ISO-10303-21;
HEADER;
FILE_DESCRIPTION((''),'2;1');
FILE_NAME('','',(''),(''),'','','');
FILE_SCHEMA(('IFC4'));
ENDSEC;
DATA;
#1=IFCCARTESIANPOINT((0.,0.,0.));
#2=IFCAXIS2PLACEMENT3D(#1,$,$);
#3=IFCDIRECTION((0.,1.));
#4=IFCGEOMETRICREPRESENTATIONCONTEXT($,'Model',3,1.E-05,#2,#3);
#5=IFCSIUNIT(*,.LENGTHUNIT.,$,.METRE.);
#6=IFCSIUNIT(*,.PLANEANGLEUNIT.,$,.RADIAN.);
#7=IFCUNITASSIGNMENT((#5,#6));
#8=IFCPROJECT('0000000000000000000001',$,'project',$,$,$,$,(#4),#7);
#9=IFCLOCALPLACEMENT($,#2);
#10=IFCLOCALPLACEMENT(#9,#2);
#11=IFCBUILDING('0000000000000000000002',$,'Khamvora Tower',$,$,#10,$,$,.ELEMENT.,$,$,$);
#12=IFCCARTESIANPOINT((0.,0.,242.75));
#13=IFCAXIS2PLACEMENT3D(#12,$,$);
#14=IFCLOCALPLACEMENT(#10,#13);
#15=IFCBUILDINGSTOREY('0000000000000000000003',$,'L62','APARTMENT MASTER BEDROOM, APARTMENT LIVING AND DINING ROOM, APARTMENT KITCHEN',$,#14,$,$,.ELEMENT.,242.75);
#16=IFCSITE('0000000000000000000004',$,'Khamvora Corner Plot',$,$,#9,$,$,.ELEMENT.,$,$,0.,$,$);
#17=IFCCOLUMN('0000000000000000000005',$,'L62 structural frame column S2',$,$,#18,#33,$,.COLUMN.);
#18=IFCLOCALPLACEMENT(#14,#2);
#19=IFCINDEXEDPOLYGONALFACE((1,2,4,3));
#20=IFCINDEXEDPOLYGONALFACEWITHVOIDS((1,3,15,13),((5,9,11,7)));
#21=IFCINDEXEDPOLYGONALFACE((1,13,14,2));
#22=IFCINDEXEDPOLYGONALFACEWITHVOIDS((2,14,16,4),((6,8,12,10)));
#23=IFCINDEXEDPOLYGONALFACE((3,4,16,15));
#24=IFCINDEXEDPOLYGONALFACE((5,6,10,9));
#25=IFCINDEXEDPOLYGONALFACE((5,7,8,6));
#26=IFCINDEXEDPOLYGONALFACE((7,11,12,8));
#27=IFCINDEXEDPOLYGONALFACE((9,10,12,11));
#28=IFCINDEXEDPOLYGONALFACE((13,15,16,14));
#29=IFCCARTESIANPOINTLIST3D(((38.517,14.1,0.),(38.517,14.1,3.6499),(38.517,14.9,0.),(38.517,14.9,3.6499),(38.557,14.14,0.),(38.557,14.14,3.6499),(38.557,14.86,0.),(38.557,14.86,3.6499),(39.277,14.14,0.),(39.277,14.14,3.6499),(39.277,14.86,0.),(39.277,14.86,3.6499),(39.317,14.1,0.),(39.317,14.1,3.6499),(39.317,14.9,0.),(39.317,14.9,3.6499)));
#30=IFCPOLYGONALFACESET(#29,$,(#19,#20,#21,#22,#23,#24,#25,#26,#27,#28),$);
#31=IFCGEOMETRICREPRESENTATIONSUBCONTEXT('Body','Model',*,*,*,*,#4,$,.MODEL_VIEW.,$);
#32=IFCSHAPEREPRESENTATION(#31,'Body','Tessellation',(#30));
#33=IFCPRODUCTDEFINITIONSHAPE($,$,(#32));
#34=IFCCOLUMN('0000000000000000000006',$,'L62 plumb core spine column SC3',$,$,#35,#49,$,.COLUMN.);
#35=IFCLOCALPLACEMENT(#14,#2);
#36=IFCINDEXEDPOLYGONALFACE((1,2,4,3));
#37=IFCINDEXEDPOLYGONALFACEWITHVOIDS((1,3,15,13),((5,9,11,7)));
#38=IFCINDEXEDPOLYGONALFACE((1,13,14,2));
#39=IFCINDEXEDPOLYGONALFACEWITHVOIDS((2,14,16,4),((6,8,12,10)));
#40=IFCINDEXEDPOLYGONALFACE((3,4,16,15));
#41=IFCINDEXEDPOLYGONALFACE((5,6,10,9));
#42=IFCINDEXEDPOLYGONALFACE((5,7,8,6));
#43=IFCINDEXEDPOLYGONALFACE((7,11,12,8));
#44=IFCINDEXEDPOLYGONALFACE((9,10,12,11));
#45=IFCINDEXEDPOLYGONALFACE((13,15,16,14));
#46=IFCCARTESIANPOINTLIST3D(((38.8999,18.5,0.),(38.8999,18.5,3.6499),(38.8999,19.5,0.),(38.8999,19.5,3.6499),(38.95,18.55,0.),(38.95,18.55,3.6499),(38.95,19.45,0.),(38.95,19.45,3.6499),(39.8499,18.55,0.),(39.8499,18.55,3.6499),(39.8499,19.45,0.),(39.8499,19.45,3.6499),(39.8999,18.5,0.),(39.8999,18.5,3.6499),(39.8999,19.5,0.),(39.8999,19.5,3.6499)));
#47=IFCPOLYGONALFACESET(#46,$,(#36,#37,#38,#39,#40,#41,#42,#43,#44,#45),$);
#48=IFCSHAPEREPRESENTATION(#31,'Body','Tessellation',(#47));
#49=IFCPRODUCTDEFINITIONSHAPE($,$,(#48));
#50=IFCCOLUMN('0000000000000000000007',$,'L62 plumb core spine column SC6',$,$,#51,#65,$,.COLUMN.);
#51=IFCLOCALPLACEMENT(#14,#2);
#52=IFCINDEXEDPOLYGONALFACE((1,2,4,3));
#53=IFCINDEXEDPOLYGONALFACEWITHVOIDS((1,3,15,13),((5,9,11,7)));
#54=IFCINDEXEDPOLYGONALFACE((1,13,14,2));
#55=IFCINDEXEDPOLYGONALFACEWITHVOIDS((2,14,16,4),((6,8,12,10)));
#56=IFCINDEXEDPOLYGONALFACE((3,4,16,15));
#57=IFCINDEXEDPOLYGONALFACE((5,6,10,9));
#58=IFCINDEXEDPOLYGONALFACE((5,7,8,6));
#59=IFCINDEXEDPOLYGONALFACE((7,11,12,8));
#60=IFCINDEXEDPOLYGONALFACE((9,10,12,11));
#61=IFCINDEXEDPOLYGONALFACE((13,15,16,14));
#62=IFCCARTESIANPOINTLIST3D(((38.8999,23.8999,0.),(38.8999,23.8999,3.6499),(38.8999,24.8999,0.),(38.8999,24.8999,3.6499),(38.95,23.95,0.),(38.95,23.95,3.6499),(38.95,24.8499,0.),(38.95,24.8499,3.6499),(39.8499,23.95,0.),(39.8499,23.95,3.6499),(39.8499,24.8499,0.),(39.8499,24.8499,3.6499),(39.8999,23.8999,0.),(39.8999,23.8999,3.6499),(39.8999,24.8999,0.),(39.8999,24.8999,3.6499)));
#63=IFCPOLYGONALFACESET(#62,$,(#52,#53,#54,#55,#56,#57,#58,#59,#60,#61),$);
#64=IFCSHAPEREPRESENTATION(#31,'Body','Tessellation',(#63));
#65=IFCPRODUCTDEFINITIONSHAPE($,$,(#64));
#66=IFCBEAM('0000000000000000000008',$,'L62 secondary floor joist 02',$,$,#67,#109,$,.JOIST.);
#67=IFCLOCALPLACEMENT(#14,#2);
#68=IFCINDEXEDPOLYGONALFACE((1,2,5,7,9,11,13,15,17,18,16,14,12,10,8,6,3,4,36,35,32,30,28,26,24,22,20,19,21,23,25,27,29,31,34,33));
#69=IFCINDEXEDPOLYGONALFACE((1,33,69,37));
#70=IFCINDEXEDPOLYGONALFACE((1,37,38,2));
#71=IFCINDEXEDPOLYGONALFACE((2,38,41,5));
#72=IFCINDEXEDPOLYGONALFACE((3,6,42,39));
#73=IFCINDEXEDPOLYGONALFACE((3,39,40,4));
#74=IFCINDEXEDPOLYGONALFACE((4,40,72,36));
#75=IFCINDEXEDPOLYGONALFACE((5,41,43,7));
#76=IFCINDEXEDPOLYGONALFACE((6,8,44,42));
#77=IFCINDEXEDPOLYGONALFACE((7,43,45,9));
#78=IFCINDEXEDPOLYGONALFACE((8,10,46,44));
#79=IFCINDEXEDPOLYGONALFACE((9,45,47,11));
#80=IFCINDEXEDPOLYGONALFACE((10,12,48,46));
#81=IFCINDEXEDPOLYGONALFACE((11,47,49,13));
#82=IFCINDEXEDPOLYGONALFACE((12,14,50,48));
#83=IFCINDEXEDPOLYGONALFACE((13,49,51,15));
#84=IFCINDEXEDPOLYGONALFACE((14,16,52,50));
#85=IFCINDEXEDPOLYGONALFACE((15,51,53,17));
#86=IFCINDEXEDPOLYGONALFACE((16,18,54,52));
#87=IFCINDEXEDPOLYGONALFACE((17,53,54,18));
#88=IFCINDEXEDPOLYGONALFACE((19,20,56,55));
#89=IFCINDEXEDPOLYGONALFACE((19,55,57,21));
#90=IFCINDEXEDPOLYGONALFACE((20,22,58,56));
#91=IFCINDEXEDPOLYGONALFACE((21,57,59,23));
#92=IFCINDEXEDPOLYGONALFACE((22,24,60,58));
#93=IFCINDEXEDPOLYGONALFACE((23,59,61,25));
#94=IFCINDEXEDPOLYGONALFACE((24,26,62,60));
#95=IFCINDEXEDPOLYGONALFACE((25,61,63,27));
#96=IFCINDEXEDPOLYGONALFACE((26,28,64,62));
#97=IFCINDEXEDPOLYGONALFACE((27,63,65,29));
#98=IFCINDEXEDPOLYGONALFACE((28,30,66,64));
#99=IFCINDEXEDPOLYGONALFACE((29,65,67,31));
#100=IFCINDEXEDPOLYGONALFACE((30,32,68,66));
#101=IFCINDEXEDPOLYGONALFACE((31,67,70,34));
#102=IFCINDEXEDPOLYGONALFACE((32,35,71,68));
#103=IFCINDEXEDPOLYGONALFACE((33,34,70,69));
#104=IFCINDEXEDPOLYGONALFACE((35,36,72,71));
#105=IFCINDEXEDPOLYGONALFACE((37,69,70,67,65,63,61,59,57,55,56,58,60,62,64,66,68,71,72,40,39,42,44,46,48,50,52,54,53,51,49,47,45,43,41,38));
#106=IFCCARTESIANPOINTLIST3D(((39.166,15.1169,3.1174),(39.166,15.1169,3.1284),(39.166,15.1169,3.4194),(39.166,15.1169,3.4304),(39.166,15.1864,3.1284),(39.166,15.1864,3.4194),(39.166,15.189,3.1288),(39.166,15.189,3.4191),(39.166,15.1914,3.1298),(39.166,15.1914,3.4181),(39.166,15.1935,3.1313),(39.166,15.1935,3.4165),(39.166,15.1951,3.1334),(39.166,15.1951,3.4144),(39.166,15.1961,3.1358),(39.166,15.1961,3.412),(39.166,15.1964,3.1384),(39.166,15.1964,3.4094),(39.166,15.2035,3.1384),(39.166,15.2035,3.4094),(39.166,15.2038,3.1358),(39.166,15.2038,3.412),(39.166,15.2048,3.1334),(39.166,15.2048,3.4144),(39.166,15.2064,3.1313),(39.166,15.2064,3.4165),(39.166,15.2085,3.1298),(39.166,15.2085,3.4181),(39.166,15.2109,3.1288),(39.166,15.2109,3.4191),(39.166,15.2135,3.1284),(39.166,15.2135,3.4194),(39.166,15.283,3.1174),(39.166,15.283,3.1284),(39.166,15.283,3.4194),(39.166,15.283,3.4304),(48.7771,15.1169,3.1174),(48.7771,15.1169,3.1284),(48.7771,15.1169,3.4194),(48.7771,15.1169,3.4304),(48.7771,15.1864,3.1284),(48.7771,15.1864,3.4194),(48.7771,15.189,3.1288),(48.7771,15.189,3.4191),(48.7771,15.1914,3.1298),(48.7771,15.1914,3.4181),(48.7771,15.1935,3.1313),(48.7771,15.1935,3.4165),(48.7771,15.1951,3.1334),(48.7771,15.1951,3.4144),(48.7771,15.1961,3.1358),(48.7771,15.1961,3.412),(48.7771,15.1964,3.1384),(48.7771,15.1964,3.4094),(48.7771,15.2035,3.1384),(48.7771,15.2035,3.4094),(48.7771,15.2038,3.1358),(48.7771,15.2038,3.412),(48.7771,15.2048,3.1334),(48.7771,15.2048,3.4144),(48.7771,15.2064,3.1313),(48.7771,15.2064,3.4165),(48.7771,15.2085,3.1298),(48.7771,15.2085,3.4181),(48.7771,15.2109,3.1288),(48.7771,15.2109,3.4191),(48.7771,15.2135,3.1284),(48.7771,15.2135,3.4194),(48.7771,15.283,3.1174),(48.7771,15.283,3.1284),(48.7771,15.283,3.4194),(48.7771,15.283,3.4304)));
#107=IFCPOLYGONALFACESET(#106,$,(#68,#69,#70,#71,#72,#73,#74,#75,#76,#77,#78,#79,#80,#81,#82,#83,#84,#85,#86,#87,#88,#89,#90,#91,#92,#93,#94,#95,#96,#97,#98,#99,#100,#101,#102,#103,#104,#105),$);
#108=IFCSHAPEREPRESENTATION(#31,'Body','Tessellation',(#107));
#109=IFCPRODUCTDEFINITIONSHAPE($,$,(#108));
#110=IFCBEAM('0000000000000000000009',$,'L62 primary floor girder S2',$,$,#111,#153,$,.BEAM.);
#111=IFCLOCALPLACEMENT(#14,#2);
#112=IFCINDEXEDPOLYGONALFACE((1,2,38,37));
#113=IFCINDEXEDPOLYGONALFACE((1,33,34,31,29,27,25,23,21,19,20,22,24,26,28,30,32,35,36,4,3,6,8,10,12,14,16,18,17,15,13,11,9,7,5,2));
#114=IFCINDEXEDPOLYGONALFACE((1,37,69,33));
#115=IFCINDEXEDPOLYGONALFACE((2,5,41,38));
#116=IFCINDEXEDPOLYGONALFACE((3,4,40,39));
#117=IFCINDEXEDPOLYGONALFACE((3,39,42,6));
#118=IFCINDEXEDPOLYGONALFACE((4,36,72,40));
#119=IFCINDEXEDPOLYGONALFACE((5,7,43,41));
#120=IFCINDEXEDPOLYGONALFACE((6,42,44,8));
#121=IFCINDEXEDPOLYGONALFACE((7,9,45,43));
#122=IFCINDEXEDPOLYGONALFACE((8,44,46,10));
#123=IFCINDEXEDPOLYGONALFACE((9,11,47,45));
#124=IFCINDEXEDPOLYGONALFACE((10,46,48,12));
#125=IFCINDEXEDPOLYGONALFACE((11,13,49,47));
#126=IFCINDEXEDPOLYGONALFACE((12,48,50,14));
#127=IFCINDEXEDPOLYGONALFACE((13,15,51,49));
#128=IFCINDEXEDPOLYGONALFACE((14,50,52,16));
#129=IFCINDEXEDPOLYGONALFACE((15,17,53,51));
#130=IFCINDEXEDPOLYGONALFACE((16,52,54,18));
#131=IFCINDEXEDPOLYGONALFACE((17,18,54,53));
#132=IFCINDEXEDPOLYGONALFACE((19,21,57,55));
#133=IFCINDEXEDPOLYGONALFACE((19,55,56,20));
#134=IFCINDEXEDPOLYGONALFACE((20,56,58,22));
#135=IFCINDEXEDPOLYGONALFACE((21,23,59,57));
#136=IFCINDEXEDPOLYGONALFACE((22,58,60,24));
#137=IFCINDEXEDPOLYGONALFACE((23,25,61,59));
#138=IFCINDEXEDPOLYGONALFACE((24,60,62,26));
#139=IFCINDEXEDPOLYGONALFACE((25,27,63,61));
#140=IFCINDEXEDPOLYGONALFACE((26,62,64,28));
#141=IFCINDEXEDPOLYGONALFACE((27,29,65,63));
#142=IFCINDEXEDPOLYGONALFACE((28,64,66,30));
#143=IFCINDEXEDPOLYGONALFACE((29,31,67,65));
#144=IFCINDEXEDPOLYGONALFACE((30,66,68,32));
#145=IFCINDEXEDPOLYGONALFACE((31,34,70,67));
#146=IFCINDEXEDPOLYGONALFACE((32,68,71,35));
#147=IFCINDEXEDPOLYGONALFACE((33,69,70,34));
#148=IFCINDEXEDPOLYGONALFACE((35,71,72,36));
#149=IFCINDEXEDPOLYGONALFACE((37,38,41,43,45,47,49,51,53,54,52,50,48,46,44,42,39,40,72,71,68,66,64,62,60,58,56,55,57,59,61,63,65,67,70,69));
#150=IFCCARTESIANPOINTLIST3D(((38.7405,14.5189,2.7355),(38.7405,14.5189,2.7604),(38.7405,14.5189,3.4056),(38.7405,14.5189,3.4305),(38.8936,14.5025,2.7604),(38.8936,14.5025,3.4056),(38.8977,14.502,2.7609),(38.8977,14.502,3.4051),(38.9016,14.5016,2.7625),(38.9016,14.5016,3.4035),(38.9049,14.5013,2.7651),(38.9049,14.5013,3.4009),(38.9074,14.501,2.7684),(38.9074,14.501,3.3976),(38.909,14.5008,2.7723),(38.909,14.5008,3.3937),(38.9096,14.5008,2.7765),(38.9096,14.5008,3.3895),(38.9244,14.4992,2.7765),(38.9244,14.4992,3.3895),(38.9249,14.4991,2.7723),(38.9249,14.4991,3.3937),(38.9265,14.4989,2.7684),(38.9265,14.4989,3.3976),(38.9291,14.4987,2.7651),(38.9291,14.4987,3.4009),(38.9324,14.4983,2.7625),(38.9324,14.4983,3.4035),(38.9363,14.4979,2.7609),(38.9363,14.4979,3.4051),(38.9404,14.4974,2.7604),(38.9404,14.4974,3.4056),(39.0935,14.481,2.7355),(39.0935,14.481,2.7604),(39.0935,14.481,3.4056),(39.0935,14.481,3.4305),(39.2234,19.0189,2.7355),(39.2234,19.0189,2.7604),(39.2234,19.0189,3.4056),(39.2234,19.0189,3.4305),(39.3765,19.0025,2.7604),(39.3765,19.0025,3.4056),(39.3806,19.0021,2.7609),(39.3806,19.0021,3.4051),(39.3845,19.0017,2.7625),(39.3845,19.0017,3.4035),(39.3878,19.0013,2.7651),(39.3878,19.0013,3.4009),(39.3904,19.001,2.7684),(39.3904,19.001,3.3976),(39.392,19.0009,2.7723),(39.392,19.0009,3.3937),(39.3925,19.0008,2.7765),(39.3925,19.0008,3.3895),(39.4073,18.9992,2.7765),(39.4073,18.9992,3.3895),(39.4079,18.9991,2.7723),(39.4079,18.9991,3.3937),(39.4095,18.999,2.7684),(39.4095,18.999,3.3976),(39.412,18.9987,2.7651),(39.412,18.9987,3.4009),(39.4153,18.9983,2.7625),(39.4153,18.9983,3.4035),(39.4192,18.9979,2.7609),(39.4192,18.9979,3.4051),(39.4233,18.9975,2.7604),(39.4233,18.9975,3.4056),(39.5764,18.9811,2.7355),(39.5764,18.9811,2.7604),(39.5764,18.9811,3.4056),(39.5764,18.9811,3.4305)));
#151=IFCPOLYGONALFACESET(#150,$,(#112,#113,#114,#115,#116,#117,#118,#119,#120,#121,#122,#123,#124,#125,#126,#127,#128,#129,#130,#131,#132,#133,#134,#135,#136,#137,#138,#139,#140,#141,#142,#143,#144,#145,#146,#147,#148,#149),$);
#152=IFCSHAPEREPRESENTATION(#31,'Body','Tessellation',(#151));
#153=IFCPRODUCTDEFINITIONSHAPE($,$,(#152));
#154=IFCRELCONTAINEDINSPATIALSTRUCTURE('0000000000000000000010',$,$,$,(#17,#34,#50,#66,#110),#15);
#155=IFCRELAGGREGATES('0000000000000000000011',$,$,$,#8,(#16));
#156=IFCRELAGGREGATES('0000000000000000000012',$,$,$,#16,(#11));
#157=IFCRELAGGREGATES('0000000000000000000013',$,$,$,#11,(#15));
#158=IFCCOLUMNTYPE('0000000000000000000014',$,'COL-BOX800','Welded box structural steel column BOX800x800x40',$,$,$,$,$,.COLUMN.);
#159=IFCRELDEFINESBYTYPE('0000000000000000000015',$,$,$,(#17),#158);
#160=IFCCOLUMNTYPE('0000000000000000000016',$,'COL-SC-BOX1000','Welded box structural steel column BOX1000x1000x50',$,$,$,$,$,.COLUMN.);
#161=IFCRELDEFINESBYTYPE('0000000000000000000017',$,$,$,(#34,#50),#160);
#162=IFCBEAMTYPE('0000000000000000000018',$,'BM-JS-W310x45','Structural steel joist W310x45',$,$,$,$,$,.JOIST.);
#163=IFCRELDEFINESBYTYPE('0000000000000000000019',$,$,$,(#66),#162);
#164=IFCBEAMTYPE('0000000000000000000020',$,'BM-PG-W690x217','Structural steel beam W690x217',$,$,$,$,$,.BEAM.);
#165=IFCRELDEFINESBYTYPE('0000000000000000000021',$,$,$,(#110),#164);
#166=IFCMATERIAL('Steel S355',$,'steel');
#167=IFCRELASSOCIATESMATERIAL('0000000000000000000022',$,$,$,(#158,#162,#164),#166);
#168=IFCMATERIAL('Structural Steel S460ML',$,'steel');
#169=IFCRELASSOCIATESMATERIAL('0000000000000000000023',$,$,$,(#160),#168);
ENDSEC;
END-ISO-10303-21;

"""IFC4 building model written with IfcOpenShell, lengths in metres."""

from ifc_helpers import new_model, si_unit, direction, frame, origin, origin_2d, place, context, subcontext, project, spatial, hollow_rectangle, i_section, extrude, material, material_profile, profile_set, type_object, element, save


model = new_model("IFC4")

# Units and contexts
model_context = context("Model", 3, precision=1e-05, world=origin(), true_north=direction((0.0, 1.0)))
body_context = subcontext(model_context, "Body", "Model", "MODEL_VIEW")
ifc_project = project(units=[si_unit("LENGTHUNIT", "METRE"), si_unit("PLANEANGLEUNIT", "RADIAN")], contexts=[model_context])

# Site, building, storey
site_placement = place(None, origin())
site = spatial("IfcSite", under=ifc_project, at=site_placement, Name="Khamvora Corner Plot", CompositionType="ELEMENT", RefElevation=0.0)
building_placement = place(site_placement, origin())
building = spatial("IfcBuilding", under=site, at=building_placement, Name="Khamvora Tower", CompositionType="ELEMENT")
storey_placement = place(building_placement, frame((0.0, 0.0, 242.75)))
storey = spatial("IfcBuildingStorey", under=building, at=storey_placement, Name="L62", Description="APARTMENT MASTER BEDROOM, APARTMENT LIVING AND DINING ROOM, APARTMENT KITCHEN", CompositionType="ELEMENT", Elevation=242.75)

# Columns
ifc_material_1 = material(Name="Steel S355", Category="steel")
ifc_material_profile_1 = material_profile(ifc_material_1, hollow_rectangle(XDim=0.8, YDim=0.8, WallThickness=0.04, at=origin_2d()), Name="BOX800x800x40")
ifc_profile_set_1 = profile_set([ifc_material_profile_1], Name="Steel S355")
column_type_1 = type_object("IfcColumnType", Name="COL-BOX800", Description="Welded box structural steel column BOX800x800x40", PredefinedType="COLUMN", material=ifc_profile_set_1)
column_placement = place(storey_placement, frame((38.917, 14.5, 0.0), z_axis=(0.0, 0.0, 1.0), x_axis=(1.0, 0.0, 0.0)))
element("IfcColumn", 1, at=column_placement, inside=storey, type_object=column_type_1, Name="L62 structural frame column S2", PredefinedType="COLUMN", context=body_context, shape_type="SweptSolid", body=[
    extrude(hollow_rectangle(XDim=0.8, YDim=0.8, WallThickness=0.04, at=origin_2d()), origin(), (0.0, 0.0, 1.0), 3.6499),
])
ifc_material_2 = material(Name="Structural Steel S460ML", Category="steel")
ifc_material_profile_2 = material_profile(ifc_material_2, hollow_rectangle(XDim=1.0, YDim=1.0, WallThickness=0.05, at=origin_2d()), Name="BOX1000x1000x50")
ifc_profile_set_2 = profile_set([ifc_material_profile_2], Name="Structural Steel S460ML")
column_type_2 = type_object("IfcColumnType", Name="COL-SC-BOX1000", Description="Welded box structural steel column BOX1000x1000x50", PredefinedType="COLUMN", material=ifc_profile_set_2)
for number, where, z_axis, x_axis, name in (
    (2, (39.3999, 19.0, 0.0), (0.0, 0.0, 1.0), (1.0, 0.0, 0.0), "L62 plumb core spine column SC3"),
    (3, (39.3999, 24.3999, 0.0), (0.0, 0.0, 1.0), (1.0, 0.0, 0.0), "L62 plumb core spine column SC6"),
):
    element("IfcColumn", number, at=place(storey_placement, frame(where, z_axis=z_axis, x_axis=x_axis)), inside=storey, type_object=column_type_2, Name=name, PredefinedType="COLUMN", context=body_context, shape_type="SweptSolid", body=[
        extrude(hollow_rectangle(XDim=1.0, YDim=1.0, WallThickness=0.05, at=origin_2d()), origin(), (0.0, 0.0, 1.0), 3.6499),
    ])

# Beams
ifc_material_profile_3 = material_profile(ifc_material_1, i_section(OverallWidth=0.166, OverallDepth=0.313, WebThickness=0.0071, FlangeThickness=0.011, FilletRadius=0.01, at=origin_2d()), Name="W310x45")
ifc_profile_set_3 = profile_set([ifc_material_profile_3], Name="Steel S355")
beam_type_1 = type_object("IfcBeamType", Name="BM-JS-W310x45", Description="Structural steel joist W310x45", PredefinedType="JOIST", material=ifc_profile_set_3)
beam_1_placement = place(storey_placement, frame((39.166, 15.2, 3.2739), z_axis=(1.0, 0.0, 0.0), x_axis=(0.0, 1.0, 0.0)))
element("IfcBeam", 4, at=beam_1_placement, inside=storey, type_object=beam_type_1, Name="L62 secondary floor joist 02", PredefinedType="JOIST", context=body_context, shape_type="SweptSolid", body=[
    extrude(i_section(OverallWidth=0.166, OverallDepth=0.313, WebThickness=0.0071, FlangeThickness=0.011, FilletRadius=0.01, at=origin_2d()), origin(), (0.0, 0.0, 1.0), 9.6111),
])
ifc_material_profile_4 = material_profile(ifc_material_1, i_section(OverallWidth=0.355, OverallDepth=0.6951, WebThickness=0.0149, FlangeThickness=0.0249, FilletRadius=0.0161, at=origin_2d()), Name="W690x217")
ifc_profile_set_4 = profile_set([ifc_material_profile_4], Name="Steel S355")
beam_type_2 = type_object("IfcBeamType", Name="BM-PG-W690x217", Description="Structural steel beam W690x217", PredefinedType="BEAM", material=ifc_profile_set_4)
beam_2_placement = place(storey_placement, frame((39.3999, 19.0, 3.083), z_axis=(-0.106701, -0.994291, 0.0), x_axis=(0.994291, -0.106701, 0.0)))
element("IfcBeam", 5, at=beam_2_placement, inside=storey, type_object=beam_type_2, Name="L62 primary floor girder S2", PredefinedType="BEAM", context=body_context, shape_type="SweptSolid", body=[
    extrude(i_section(OverallWidth=0.355, OverallDepth=0.6951, WebThickness=0.0149, FlangeThickness=0.0249, FilletRadius=0.0161, at=origin_2d()), origin(), (0.0, 0.0, 1.0), 4.5259),
])

save(model, "model.ifc")
